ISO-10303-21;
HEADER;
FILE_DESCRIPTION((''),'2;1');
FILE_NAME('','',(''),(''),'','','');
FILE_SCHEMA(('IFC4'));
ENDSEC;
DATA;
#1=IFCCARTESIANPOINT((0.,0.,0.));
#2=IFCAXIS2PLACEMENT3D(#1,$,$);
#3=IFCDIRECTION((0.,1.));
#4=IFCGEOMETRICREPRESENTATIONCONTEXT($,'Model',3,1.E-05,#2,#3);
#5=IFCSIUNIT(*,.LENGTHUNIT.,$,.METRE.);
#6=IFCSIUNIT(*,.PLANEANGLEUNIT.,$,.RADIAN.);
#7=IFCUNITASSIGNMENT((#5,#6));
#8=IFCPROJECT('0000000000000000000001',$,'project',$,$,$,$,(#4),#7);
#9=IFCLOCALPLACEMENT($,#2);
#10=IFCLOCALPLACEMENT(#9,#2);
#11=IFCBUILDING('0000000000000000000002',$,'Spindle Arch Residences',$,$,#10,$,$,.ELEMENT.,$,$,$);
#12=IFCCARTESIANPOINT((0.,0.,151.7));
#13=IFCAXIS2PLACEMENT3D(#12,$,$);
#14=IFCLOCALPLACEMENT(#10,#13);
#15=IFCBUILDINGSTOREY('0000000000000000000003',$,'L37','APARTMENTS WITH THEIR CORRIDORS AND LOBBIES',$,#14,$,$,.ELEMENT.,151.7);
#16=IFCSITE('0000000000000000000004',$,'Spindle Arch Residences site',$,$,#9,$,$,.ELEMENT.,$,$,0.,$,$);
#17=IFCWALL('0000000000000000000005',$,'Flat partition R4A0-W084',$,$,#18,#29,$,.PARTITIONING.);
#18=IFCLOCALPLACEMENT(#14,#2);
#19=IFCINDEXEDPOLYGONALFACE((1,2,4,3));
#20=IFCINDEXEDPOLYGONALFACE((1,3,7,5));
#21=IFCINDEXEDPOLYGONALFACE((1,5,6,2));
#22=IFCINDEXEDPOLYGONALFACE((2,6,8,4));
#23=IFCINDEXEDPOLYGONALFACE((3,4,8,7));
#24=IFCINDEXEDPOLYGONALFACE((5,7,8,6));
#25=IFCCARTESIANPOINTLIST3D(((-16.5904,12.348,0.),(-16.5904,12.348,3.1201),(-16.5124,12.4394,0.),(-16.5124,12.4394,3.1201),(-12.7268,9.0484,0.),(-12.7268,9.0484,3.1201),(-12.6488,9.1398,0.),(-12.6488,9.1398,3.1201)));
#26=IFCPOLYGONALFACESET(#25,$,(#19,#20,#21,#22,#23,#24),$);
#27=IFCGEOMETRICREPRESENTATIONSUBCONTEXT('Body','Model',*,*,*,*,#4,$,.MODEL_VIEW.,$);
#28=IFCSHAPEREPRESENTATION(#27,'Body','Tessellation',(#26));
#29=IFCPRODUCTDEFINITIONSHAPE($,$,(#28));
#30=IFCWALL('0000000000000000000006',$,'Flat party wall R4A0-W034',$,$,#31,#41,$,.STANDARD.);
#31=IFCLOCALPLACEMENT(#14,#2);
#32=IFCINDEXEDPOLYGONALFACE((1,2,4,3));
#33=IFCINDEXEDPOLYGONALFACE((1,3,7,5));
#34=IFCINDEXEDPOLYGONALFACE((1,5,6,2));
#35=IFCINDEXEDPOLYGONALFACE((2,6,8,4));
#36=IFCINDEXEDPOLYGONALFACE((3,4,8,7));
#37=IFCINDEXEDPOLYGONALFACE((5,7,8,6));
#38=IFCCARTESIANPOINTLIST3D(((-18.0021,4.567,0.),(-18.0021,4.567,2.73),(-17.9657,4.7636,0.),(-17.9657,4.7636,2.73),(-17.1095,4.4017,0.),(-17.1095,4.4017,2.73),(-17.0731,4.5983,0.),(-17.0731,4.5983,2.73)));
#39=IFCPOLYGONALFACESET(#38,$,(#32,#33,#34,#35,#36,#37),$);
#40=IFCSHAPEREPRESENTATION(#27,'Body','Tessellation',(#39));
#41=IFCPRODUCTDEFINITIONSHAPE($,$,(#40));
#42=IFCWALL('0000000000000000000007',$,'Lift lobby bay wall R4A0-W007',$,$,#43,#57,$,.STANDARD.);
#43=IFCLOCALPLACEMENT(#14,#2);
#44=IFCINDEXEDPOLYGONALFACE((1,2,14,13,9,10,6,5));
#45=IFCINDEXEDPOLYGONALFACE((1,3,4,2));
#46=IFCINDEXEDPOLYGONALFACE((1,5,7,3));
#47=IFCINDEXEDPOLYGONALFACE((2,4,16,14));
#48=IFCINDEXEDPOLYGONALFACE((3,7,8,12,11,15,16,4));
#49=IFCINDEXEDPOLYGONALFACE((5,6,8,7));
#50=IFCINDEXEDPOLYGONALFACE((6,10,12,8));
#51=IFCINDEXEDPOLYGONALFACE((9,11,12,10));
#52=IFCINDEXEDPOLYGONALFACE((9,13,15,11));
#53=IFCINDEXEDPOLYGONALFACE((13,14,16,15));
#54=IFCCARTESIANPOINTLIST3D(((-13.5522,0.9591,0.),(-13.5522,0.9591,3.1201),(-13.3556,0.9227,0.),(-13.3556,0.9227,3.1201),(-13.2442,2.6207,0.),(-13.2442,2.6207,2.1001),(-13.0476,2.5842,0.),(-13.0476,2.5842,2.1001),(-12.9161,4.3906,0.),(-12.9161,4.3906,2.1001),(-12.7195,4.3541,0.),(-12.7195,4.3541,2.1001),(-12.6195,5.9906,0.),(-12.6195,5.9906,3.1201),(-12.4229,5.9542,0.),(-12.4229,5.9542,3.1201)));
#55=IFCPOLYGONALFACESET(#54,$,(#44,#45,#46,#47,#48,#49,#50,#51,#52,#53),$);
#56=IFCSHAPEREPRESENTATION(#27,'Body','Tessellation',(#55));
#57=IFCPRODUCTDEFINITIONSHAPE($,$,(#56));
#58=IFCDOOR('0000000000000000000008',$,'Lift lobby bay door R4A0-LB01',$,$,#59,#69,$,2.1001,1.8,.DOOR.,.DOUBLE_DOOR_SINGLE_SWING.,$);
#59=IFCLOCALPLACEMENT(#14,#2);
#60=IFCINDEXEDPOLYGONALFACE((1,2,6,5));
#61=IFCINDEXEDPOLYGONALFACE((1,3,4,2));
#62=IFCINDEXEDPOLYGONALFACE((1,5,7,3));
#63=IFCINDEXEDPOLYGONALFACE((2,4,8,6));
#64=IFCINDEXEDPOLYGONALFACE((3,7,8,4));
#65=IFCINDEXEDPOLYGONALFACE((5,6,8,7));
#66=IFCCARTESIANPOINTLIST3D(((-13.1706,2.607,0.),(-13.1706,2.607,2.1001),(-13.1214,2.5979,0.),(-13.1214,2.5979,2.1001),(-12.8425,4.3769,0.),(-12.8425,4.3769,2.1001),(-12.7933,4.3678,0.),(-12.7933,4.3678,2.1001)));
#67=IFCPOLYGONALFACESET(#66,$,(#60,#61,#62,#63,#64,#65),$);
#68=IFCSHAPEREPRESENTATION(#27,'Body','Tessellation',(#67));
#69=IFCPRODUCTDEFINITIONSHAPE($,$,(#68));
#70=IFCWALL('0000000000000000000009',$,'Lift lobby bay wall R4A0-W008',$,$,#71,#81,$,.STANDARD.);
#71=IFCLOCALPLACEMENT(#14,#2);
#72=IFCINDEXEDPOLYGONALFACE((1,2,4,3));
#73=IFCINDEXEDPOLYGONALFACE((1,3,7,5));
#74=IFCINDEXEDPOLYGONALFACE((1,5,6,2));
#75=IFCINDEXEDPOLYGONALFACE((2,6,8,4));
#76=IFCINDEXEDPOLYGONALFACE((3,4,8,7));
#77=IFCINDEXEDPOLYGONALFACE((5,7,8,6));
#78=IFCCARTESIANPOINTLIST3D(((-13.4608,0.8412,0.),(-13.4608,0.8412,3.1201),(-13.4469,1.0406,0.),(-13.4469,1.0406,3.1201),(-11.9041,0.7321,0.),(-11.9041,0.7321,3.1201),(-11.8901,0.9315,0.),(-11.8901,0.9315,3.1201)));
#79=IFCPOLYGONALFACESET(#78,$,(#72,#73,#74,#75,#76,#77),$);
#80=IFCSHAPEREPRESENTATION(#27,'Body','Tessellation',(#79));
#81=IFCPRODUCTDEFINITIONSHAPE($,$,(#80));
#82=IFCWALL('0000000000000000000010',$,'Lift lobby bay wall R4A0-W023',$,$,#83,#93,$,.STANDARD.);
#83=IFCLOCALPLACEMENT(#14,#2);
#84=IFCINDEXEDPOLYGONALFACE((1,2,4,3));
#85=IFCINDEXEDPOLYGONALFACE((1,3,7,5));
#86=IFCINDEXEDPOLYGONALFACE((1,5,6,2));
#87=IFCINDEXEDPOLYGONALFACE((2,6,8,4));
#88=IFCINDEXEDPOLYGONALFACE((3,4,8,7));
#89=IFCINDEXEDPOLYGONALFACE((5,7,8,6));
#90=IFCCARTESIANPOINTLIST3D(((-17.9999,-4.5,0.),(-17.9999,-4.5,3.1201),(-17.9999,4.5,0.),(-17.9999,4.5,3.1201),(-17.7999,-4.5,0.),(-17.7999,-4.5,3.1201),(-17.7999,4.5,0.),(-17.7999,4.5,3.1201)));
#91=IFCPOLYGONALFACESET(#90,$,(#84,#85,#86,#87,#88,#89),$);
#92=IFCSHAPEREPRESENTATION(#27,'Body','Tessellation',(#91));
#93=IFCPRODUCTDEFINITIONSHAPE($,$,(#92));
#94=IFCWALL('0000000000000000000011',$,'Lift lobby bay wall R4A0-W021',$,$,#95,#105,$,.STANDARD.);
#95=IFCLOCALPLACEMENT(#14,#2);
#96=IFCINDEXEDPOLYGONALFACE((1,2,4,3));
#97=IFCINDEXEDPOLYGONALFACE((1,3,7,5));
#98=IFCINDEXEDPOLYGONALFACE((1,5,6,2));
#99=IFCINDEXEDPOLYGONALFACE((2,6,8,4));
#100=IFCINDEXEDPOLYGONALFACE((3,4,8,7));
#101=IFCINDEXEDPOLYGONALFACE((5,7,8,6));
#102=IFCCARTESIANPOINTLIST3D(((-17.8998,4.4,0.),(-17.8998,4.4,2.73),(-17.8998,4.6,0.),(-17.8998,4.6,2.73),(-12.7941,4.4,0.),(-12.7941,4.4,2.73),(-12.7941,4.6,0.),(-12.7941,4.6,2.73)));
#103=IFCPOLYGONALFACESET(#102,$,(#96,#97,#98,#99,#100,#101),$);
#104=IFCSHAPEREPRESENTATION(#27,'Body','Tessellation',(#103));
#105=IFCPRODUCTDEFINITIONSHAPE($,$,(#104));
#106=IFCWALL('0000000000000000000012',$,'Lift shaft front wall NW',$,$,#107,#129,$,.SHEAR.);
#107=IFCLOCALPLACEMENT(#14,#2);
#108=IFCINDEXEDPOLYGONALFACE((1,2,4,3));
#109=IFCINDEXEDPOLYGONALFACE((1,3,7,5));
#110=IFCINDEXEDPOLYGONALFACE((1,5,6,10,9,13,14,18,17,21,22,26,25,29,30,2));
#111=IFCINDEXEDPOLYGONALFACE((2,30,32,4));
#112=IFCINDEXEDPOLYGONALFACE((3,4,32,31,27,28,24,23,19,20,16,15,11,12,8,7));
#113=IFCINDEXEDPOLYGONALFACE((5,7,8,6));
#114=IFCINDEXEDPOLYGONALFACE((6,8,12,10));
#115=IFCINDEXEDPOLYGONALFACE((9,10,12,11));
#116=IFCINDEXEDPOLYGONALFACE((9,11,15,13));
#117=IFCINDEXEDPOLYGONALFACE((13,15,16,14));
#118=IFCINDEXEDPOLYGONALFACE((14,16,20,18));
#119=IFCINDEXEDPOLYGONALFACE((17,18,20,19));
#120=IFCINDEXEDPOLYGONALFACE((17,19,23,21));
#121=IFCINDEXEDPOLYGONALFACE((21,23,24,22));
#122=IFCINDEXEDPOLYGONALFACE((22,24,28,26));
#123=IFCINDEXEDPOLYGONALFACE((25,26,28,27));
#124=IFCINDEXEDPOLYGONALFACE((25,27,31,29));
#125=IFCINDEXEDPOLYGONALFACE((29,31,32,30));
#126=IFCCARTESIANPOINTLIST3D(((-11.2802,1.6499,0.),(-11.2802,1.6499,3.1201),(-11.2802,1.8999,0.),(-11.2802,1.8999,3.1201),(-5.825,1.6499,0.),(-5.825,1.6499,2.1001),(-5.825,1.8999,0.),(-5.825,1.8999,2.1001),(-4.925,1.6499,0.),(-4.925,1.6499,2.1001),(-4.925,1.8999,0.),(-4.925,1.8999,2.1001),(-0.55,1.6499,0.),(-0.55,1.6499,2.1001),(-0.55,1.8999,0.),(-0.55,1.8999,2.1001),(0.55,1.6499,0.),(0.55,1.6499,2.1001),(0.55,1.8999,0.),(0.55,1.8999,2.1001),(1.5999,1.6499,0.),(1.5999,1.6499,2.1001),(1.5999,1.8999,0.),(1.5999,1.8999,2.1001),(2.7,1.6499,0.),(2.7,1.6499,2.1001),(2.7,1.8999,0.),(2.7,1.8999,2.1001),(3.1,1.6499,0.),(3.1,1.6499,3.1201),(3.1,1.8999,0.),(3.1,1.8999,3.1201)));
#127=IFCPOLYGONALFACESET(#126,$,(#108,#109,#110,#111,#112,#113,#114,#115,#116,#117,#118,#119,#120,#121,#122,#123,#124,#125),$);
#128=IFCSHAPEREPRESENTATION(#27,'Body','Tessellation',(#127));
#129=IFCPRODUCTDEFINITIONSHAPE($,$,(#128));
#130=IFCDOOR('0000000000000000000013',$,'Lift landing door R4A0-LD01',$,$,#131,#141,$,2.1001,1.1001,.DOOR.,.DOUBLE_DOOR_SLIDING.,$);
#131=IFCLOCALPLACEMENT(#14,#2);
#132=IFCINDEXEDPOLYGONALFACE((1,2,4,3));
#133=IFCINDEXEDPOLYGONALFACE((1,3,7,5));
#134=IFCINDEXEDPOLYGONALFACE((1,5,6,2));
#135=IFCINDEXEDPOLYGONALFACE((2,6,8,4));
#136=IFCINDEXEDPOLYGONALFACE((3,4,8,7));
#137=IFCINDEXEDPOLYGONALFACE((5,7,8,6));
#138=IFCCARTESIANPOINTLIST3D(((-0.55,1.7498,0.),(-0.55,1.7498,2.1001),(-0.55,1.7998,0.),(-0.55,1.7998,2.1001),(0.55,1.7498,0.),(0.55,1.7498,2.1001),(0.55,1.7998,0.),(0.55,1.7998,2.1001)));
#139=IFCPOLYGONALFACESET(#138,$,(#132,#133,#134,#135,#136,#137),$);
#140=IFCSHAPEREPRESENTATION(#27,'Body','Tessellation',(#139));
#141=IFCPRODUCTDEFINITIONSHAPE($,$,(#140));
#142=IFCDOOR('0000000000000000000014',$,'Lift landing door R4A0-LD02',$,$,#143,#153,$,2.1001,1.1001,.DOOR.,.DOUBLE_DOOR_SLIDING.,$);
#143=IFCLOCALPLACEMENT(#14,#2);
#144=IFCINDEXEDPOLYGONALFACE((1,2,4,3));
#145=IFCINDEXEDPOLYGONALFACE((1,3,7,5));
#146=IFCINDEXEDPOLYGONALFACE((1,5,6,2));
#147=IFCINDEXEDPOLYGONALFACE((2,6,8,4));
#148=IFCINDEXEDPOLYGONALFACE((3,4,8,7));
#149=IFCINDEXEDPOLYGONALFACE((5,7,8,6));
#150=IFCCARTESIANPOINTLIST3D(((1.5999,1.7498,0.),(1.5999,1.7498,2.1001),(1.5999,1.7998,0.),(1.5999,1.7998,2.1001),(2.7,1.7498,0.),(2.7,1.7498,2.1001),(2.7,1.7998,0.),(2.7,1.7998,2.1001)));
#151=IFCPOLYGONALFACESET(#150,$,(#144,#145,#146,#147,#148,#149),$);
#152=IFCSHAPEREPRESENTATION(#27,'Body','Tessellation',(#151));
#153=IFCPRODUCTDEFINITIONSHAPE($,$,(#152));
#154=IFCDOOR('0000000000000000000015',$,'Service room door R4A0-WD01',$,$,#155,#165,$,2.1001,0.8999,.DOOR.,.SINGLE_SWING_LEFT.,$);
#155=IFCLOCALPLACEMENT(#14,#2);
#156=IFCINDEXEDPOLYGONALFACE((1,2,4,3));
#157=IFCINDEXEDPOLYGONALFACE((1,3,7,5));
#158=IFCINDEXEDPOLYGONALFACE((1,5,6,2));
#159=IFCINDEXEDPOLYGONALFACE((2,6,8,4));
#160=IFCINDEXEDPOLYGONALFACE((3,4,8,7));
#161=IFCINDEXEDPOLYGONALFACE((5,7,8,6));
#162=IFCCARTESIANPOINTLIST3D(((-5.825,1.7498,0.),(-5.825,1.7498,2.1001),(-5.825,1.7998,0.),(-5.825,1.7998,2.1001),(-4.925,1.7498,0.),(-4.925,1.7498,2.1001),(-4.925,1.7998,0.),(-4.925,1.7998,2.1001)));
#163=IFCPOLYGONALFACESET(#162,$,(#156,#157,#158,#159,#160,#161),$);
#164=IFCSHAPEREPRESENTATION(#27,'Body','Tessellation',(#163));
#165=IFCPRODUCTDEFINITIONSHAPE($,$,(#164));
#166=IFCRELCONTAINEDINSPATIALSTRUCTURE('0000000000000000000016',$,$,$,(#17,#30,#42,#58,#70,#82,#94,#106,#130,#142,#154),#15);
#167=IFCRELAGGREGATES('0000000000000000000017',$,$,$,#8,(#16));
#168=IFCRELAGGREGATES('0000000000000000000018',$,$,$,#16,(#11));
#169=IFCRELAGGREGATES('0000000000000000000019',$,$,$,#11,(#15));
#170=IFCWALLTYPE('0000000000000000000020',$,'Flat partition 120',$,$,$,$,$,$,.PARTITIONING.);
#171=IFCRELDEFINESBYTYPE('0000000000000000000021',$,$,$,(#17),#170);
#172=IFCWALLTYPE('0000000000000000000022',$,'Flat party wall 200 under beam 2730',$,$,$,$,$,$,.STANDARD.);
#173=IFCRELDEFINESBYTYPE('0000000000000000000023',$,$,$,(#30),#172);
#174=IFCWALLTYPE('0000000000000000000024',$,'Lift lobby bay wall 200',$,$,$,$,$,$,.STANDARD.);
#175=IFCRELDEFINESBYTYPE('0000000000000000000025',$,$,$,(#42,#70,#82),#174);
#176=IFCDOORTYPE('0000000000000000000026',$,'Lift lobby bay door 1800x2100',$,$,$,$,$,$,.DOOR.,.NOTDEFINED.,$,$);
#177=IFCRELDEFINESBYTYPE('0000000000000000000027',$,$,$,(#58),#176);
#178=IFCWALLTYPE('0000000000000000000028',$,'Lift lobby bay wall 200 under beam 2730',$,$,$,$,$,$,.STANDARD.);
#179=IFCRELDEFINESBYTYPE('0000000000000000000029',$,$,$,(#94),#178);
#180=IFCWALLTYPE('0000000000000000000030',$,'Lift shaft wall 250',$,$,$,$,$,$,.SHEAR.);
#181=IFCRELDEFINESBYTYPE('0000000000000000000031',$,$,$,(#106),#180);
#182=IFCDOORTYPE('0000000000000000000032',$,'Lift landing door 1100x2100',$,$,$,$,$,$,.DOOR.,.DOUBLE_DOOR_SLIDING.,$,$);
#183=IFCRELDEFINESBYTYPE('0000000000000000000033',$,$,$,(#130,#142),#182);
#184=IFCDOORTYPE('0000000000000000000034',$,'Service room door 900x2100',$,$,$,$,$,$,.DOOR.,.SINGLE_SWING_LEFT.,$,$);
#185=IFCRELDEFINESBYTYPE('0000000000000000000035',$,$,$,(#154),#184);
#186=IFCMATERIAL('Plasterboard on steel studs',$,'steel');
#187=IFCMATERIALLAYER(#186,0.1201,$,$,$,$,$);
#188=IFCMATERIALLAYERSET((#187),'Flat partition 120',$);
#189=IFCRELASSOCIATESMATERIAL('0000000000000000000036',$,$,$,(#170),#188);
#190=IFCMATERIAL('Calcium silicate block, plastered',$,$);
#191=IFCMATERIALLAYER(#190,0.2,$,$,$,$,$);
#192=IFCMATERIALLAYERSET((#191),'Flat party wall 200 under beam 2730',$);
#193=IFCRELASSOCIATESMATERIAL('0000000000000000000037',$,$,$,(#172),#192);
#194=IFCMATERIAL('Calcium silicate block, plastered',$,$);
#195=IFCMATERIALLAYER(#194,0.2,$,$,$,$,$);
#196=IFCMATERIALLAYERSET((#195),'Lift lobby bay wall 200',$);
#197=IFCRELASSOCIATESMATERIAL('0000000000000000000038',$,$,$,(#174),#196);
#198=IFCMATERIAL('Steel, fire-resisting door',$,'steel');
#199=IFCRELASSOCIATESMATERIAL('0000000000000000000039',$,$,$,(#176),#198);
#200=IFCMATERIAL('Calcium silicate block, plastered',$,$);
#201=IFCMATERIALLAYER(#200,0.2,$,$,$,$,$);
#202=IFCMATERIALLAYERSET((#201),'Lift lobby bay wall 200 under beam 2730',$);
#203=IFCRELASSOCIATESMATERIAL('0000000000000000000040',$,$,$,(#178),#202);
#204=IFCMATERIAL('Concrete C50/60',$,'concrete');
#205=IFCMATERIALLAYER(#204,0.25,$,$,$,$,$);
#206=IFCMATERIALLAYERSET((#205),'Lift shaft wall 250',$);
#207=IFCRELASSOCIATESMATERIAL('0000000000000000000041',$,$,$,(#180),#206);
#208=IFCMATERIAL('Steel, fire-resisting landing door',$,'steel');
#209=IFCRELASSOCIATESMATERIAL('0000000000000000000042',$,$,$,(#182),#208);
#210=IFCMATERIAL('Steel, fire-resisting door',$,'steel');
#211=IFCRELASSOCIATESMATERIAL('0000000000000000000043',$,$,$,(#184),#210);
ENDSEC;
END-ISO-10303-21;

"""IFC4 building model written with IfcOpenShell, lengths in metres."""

from ifc_helpers import new_model, si_unit, direction, frame, frame_2d, origin, place, context, subcontext, project, spatial, rectangle, extrude, material, layer, layer_set, type_object, element, fill, save


model = new_model("IFC4")

# Units and contexts
model_context = context("Model", 3, precision=1e-05, world=origin(), true_north=direction((0.0, 1.0)))
body_context = subcontext(model_context, "Body", "Model", "MODEL_VIEW")
ifc_project = project(units=[si_unit("LENGTHUNIT", "METRE"), si_unit("PLANEANGLEUNIT", "RADIAN")], contexts=[model_context])

# Site, building, storey
site_placement = place(None, origin())
site = spatial("IfcSite", under=ifc_project, at=site_placement, Name="Spindle Arch Residences site", CompositionType="ELEMENT", RefElevation=0.0)
building_placement = place(site_placement, origin())
building = spatial("IfcBuilding", under=site, at=building_placement, Name="Spindle Arch Residences", CompositionType="ELEMENT")
storey_placement = place(building_placement, frame((0.0, 0.0, 151.7)))
storey = spatial("IfcBuildingStorey", under=building, at=storey_placement, Name="L37", Description="APARTMENTS WITH THEIR CORRIDORS AND LOBBIES", CompositionType="ELEMENT", Elevation=151.7)

# Walls
ifc_material_1 = material(Name="Plasterboard on steel studs", Category="steel")
ifc_layer_1 = layer(ifc_material_1, 0.1201)
ifc_layer_set_1 = layer_set([ifc_layer_1], Name="Flat partition 120")
wall_type_1 = type_object("IfcWallType", Name="Flat partition 120", PredefinedType="PARTITIONING", material=ifc_layer_set_1)
wall_1_placement = place(storey_placement, frame((-16.5515, 12.3938, 0.0), z_axis=(0.0, 0.0, 1.0), x_axis=(0.760426, -0.649425, 0.0)))
element("IfcWall", 1, at=wall_1_placement, inside=storey, type_object=wall_type_1, Name="Flat partition R4A0-W084", PredefinedType="PARTITIONING", context=body_context, shape_type="SweptSolid", body=[
    extrude(rectangle(XDim=5.0808, YDim=0.1201, at=frame_2d((2.5405, 0.0))), origin(), (0.0, 0.0, 1.0), 3.1201),
])
ifc_material_2 = material(Name="Calcium silicate block, plastered")
ifc_layer_2 = layer(ifc_material_2, 0.2)
ifc_layer_set_2 = layer_set([ifc_layer_2], Name="Flat party wall 200 under beam 2730")
wall_type_2 = type_object("IfcWallType", Name="Flat party wall 200 under beam 2730", PredefinedType="STANDARD", material=ifc_layer_set_2)
wall_2_placement = place(storey_placement, frame((-17.9839, 4.6653, 0.0), z_axis=(0.0, 0.0, 1.0), x_axis=(0.983284, -0.18208, 0.0)))
element("IfcWall", 2, at=wall_2_placement, inside=storey, type_object=wall_type_2, Name="Flat party wall R4A0-W034", PredefinedType="STANDARD", context=body_context, shape_type="SweptSolid", body=[
    extrude(rectangle(XDim=0.9077, YDim=0.2, at=frame_2d((0.4539, 0.0))), origin(), (0.0, 0.0, 1.0), 2.73),
])

# Wall, opening, door
ifc_material_3 = material(Name="Calcium silicate block, plastered")
ifc_layer_3 = layer(ifc_material_3, 0.2)
ifc_layer_set_3 = layer_set([ifc_layer_3], Name="Lift lobby bay wall 200")
wall_type_3 = type_object("IfcWallType", Name="Lift lobby bay wall 200", PredefinedType="STANDARD", material=ifc_layer_set_3)
wall_3_placement = place(storey_placement, frame((-12.5212, 5.9724, 0.0), z_axis=(0.0, 0.0, 1.0), x_axis=(-0.182252, -0.983252, 0.0)))
wall_3 = element("IfcWall", 3, at=wall_3_placement, inside=storey, type_object=wall_type_3, Name="Lift lobby bay wall R4A0-W007", PredefinedType="STANDARD", context=body_context, shape_type="SweptSolid", body=[
    extrude(rectangle(XDim=5.1172, YDim=0.2, at=frame_2d((2.5586, 0.0))), origin(), (0.0, 0.0, 1.0), 3.1201),
])
opening_1_placement = place(wall_3_placement, frame((1.6274, 0.0, 0.0)))
opening_1 = element("IfcOpeningElement", 4, at=opening_1_placement, cuts=wall_3, PredefinedType="OPENING", context=body_context, shape_type="SweptSolid", body=[
    extrude(rectangle(XDim=1.8, YDim=2.1001, at=frame_2d((0.8999, 1.05))), frame((0.0, 0.1099, 0.0), z_axis=(0.0, -1.0, 0.0), x_axis=(1.0, 0.0, 0.0)), (0.0, 0.0, 1.0), 0.22),
])
ifc_material_4 = material(Name="Steel, fire-resisting door", Category="steel")
door_type_1 = type_object("IfcDoorType", Name="Lift lobby bay door 1800x2100", OperationType="NOTDEFINED", PredefinedType="DOOR", material=ifc_material_4)
door_1_placement = place(opening_1_placement, origin())
door_1 = element("IfcDoor", 5, at=door_1_placement, inside=storey, type_object=door_type_1, Name="Lift lobby bay door R4A0-LB01", OperationType="DOUBLE_DOOR_SINGLE_SWING", OverallHeight=2.1001, OverallWidth=1.8, PredefinedType="DOOR", context=body_context, shape_type="SweptSolid", body=[
    extrude(rectangle(XDim=1.8, YDim=2.1001, at=frame_2d((0.8999, 1.05))), frame((0.0, 0.0249, 0.0), z_axis=(0.0, -1.0, 0.0), x_axis=(1.0, 0.0, 0.0)), (0.0, 0.0, 1.0), 0.05),
])
fill(opening_1, door_1)

# Walls
wall_4_placement = place(storey_placement, frame((-13.4539, 0.9409, 0.0), z_axis=(0.0, 0.0, 1.0), x_axis=(0.997552, -0.069935, 0.0)))
element("IfcWall", 6, at=wall_4_placement, inside=storey, type_object=wall_type_3, Name="Lift lobby bay wall R4A0-W008", PredefinedType="STANDARD", context=body_context, shape_type="SweptSolid", body=[
    extrude(rectangle(XDim=1.5605, YDim=0.2, at=frame_2d((0.7803, 0.0))), origin(), (0.0, 0.0, 1.0), 3.1201),
])
wall_5_placement = place(storey_placement, frame((-17.8999, 4.5, 0.0), z_axis=(0.0, 0.0, 1.0), x_axis=(0.0, -1.0, 0.0)))
element("IfcWall", 7, at=wall_5_placement, inside=storey, type_object=wall_type_3, Name="Lift lobby bay wall R4A0-W023", PredefinedType="STANDARD", context=body_context, shape_type="SweptSolid", body=[
    extrude(rectangle(XDim=9.0, YDim=0.2, at=frame_2d((4.5, 0.0))), origin(), (0.0, 0.0, 1.0), 3.1201),
])
ifc_material_5 = material(Name="Calcium silicate block, plastered")
ifc_layer_4 = layer(ifc_material_5, 0.2)
ifc_layer_set_4 = layer_set([ifc_layer_4], Name="Lift lobby bay wall 200 under beam 2730")
wall_type_4 = type_object("IfcWallType", Name="Lift lobby bay wall 200 under beam 2730", PredefinedType="STANDARD", material=ifc_layer_set_4)
wall_6_placement = place(storey_placement, frame((-12.7942, 4.5, 0.0), z_axis=(0.0, 0.0, 1.0), x_axis=(-1.0, 0.0, 0.0)))
element("IfcWall", 8, at=wall_6_placement, inside=storey, type_object=wall_type_4, Name="Lift lobby bay wall R4A0-W021", PredefinedType="STANDARD", context=body_context, shape_type="SweptSolid", body=[
    extrude(rectangle(XDim=5.1057, YDim=0.2, at=frame_2d((2.5527, 0.0))), origin(), (0.0, 0.0, 1.0), 2.73),
])

# Wall, openings, doors
ifc_material_6 = material(Name="Concrete C50/60", Category="concrete")
ifc_layer_5 = layer(ifc_material_6, 0.25)
ifc_layer_set_5 = layer_set([ifc_layer_5], Name="Lift shaft wall 250")
wall_type_5 = type_object("IfcWallType", Name="Lift shaft wall 250", PredefinedType="SHEAR", material=ifc_layer_set_5)
wall_7_placement = place(storey_placement, frame((-11.28, 1.7749, 0.0), z_axis=(0.0, 0.0, 1.0), x_axis=(1.0, 0.0, 0.0)))
wall_7 = element("IfcWall", 9, at=wall_7_placement, inside=storey, type_object=wall_type_5, Name="Lift shaft front wall NW", PredefinedType="SHEAR", context=body_context, shape_type="SweptSolid", body=[
    extrude(rectangle(XDim=14.3801, YDim=0.25, at=frame_2d((7.1899, 0.0))), origin(), (0.0, 0.0, 1.0), 3.1201),
])
opening_2_placement = place(wall_7_placement, frame((10.73, 0.0, 0.0)))
opening_2 = element("IfcOpeningElement", 10, at=opening_2_placement, cuts=wall_7, PredefinedType="OPENING", context=body_context, shape_type="SweptSolid", body=[
    extrude(rectangle(XDim=1.1001, YDim=2.1001, at=frame_2d((0.55, 1.05))), frame((0.0, 0.135, 0.0), z_axis=(0.0, -1.0, 0.0), x_axis=(1.0, 0.0, 0.0)), (0.0, 0.0, 1.0), 0.27),
])
opening_3_placement = place(wall_7_placement, frame((12.8799, 0.0, 0.0)))
opening_3 = element("IfcOpeningElement", 11, at=opening_3_placement, cuts=wall_7, PredefinedType="OPENING", context=body_context, shape_type="SweptSolid", body=[
    extrude(rectangle(XDim=1.1001, YDim=2.1001, at=frame_2d((0.55, 1.05))), frame((0.0, 0.135, 0.0), z_axis=(0.0, -1.0, 0.0), x_axis=(1.0, 0.0, 0.0)), (0.0, 0.0, 1.0), 0.27),
])
opening_4_placement = place(wall_7_placement, frame((5.4551, 0.0, 0.0)))
opening_4 = element("IfcOpeningElement", 12, at=opening_4_placement, cuts=wall_7, PredefinedType="OPENING", context=body_context, shape_type="SweptSolid", body=[
    extrude(rectangle(XDim=0.8999, YDim=2.1001, at=frame_2d((0.45, 1.05))), frame((0.0, 0.135, 0.0), z_axis=(0.0, -1.0, 0.0), x_axis=(1.0, 0.0, 0.0)), (0.0, 0.0, 1.0), 0.27),
])
ifc_material_7 = material(Name="Steel, fire-resisting landing door", Category="steel")
door_type_2 = type_object("IfcDoorType", Name="Lift landing door 1100x2100", OperationType="DOUBLE_DOOR_SLIDING", PredefinedType="DOOR", material=ifc_material_7)
door_2_placement = place(opening_2_placement, origin())
door_2 = element("IfcDoor", 13, at=door_2_placement, inside=storey, type_object=door_type_2, Name="Lift landing door R4A0-LD01", OperationType="DOUBLE_DOOR_SLIDING", OverallHeight=2.1001, OverallWidth=1.1001, PredefinedType="DOOR", context=body_context, shape_type="SweptSolid", body=[
    extrude(rectangle(XDim=1.1001, YDim=2.1001, at=frame_2d((0.55, 1.05))), frame((0.0, 0.0249, 0.0), z_axis=(0.0, -1.0, 0.0), x_axis=(1.0, 0.0, 0.0)), (0.0, 0.0, 1.0), 0.05),
])
fill(opening_2, door_2)
door_3_placement = place(opening_3_placement, origin())
door_3 = element("IfcDoor", 14, at=door_3_placement, inside=storey, type_object=door_type_2, Name="Lift landing door R4A0-LD02", OperationType="DOUBLE_DOOR_SLIDING", OverallHeight=2.1001, OverallWidth=1.1001, PredefinedType="DOOR", context=body_context, shape_type="SweptSolid", body=[
    extrude(rectangle(XDim=1.1001, YDim=2.1001, at=frame_2d((0.55, 1.05))), frame((0.0, 0.0249, 0.0), z_axis=(0.0, -1.0, 0.0), x_axis=(1.0, 0.0, 0.0)), (0.0, 0.0, 1.0), 0.05),
])
fill(opening_3, door_3)
ifc_material_8 = material(Name="Steel, fire-resisting door", Category="steel")
door_type_3 = type_object("IfcDoorType", Name="Service room door 900x2100", OperationType="SINGLE_SWING_LEFT", PredefinedType="DOOR", material=ifc_material_8)
door_4_placement = place(opening_4_placement, origin())
door_4 = element("IfcDoor", 15, at=door_4_placement, inside=storey, type_object=door_type_3, Name="Service room door R4A0-WD01", OperationType="SINGLE_SWING_LEFT", OverallHeight=2.1001, OverallWidth=0.8999, PredefinedType="DOOR", context=body_context, shape_type="SweptSolid", body=[
    extrude(rectangle(XDim=0.8999, YDim=2.1001, at=frame_2d((0.45, 1.05))), frame((0.0, 0.0249, 0.0), z_axis=(0.0, -1.0, 0.0), x_axis=(1.0, 0.0, 0.0)), (0.0, 0.0, 1.0), 0.05),
])
fill(opening_4, door_4)

save(model, "model.ifc")
